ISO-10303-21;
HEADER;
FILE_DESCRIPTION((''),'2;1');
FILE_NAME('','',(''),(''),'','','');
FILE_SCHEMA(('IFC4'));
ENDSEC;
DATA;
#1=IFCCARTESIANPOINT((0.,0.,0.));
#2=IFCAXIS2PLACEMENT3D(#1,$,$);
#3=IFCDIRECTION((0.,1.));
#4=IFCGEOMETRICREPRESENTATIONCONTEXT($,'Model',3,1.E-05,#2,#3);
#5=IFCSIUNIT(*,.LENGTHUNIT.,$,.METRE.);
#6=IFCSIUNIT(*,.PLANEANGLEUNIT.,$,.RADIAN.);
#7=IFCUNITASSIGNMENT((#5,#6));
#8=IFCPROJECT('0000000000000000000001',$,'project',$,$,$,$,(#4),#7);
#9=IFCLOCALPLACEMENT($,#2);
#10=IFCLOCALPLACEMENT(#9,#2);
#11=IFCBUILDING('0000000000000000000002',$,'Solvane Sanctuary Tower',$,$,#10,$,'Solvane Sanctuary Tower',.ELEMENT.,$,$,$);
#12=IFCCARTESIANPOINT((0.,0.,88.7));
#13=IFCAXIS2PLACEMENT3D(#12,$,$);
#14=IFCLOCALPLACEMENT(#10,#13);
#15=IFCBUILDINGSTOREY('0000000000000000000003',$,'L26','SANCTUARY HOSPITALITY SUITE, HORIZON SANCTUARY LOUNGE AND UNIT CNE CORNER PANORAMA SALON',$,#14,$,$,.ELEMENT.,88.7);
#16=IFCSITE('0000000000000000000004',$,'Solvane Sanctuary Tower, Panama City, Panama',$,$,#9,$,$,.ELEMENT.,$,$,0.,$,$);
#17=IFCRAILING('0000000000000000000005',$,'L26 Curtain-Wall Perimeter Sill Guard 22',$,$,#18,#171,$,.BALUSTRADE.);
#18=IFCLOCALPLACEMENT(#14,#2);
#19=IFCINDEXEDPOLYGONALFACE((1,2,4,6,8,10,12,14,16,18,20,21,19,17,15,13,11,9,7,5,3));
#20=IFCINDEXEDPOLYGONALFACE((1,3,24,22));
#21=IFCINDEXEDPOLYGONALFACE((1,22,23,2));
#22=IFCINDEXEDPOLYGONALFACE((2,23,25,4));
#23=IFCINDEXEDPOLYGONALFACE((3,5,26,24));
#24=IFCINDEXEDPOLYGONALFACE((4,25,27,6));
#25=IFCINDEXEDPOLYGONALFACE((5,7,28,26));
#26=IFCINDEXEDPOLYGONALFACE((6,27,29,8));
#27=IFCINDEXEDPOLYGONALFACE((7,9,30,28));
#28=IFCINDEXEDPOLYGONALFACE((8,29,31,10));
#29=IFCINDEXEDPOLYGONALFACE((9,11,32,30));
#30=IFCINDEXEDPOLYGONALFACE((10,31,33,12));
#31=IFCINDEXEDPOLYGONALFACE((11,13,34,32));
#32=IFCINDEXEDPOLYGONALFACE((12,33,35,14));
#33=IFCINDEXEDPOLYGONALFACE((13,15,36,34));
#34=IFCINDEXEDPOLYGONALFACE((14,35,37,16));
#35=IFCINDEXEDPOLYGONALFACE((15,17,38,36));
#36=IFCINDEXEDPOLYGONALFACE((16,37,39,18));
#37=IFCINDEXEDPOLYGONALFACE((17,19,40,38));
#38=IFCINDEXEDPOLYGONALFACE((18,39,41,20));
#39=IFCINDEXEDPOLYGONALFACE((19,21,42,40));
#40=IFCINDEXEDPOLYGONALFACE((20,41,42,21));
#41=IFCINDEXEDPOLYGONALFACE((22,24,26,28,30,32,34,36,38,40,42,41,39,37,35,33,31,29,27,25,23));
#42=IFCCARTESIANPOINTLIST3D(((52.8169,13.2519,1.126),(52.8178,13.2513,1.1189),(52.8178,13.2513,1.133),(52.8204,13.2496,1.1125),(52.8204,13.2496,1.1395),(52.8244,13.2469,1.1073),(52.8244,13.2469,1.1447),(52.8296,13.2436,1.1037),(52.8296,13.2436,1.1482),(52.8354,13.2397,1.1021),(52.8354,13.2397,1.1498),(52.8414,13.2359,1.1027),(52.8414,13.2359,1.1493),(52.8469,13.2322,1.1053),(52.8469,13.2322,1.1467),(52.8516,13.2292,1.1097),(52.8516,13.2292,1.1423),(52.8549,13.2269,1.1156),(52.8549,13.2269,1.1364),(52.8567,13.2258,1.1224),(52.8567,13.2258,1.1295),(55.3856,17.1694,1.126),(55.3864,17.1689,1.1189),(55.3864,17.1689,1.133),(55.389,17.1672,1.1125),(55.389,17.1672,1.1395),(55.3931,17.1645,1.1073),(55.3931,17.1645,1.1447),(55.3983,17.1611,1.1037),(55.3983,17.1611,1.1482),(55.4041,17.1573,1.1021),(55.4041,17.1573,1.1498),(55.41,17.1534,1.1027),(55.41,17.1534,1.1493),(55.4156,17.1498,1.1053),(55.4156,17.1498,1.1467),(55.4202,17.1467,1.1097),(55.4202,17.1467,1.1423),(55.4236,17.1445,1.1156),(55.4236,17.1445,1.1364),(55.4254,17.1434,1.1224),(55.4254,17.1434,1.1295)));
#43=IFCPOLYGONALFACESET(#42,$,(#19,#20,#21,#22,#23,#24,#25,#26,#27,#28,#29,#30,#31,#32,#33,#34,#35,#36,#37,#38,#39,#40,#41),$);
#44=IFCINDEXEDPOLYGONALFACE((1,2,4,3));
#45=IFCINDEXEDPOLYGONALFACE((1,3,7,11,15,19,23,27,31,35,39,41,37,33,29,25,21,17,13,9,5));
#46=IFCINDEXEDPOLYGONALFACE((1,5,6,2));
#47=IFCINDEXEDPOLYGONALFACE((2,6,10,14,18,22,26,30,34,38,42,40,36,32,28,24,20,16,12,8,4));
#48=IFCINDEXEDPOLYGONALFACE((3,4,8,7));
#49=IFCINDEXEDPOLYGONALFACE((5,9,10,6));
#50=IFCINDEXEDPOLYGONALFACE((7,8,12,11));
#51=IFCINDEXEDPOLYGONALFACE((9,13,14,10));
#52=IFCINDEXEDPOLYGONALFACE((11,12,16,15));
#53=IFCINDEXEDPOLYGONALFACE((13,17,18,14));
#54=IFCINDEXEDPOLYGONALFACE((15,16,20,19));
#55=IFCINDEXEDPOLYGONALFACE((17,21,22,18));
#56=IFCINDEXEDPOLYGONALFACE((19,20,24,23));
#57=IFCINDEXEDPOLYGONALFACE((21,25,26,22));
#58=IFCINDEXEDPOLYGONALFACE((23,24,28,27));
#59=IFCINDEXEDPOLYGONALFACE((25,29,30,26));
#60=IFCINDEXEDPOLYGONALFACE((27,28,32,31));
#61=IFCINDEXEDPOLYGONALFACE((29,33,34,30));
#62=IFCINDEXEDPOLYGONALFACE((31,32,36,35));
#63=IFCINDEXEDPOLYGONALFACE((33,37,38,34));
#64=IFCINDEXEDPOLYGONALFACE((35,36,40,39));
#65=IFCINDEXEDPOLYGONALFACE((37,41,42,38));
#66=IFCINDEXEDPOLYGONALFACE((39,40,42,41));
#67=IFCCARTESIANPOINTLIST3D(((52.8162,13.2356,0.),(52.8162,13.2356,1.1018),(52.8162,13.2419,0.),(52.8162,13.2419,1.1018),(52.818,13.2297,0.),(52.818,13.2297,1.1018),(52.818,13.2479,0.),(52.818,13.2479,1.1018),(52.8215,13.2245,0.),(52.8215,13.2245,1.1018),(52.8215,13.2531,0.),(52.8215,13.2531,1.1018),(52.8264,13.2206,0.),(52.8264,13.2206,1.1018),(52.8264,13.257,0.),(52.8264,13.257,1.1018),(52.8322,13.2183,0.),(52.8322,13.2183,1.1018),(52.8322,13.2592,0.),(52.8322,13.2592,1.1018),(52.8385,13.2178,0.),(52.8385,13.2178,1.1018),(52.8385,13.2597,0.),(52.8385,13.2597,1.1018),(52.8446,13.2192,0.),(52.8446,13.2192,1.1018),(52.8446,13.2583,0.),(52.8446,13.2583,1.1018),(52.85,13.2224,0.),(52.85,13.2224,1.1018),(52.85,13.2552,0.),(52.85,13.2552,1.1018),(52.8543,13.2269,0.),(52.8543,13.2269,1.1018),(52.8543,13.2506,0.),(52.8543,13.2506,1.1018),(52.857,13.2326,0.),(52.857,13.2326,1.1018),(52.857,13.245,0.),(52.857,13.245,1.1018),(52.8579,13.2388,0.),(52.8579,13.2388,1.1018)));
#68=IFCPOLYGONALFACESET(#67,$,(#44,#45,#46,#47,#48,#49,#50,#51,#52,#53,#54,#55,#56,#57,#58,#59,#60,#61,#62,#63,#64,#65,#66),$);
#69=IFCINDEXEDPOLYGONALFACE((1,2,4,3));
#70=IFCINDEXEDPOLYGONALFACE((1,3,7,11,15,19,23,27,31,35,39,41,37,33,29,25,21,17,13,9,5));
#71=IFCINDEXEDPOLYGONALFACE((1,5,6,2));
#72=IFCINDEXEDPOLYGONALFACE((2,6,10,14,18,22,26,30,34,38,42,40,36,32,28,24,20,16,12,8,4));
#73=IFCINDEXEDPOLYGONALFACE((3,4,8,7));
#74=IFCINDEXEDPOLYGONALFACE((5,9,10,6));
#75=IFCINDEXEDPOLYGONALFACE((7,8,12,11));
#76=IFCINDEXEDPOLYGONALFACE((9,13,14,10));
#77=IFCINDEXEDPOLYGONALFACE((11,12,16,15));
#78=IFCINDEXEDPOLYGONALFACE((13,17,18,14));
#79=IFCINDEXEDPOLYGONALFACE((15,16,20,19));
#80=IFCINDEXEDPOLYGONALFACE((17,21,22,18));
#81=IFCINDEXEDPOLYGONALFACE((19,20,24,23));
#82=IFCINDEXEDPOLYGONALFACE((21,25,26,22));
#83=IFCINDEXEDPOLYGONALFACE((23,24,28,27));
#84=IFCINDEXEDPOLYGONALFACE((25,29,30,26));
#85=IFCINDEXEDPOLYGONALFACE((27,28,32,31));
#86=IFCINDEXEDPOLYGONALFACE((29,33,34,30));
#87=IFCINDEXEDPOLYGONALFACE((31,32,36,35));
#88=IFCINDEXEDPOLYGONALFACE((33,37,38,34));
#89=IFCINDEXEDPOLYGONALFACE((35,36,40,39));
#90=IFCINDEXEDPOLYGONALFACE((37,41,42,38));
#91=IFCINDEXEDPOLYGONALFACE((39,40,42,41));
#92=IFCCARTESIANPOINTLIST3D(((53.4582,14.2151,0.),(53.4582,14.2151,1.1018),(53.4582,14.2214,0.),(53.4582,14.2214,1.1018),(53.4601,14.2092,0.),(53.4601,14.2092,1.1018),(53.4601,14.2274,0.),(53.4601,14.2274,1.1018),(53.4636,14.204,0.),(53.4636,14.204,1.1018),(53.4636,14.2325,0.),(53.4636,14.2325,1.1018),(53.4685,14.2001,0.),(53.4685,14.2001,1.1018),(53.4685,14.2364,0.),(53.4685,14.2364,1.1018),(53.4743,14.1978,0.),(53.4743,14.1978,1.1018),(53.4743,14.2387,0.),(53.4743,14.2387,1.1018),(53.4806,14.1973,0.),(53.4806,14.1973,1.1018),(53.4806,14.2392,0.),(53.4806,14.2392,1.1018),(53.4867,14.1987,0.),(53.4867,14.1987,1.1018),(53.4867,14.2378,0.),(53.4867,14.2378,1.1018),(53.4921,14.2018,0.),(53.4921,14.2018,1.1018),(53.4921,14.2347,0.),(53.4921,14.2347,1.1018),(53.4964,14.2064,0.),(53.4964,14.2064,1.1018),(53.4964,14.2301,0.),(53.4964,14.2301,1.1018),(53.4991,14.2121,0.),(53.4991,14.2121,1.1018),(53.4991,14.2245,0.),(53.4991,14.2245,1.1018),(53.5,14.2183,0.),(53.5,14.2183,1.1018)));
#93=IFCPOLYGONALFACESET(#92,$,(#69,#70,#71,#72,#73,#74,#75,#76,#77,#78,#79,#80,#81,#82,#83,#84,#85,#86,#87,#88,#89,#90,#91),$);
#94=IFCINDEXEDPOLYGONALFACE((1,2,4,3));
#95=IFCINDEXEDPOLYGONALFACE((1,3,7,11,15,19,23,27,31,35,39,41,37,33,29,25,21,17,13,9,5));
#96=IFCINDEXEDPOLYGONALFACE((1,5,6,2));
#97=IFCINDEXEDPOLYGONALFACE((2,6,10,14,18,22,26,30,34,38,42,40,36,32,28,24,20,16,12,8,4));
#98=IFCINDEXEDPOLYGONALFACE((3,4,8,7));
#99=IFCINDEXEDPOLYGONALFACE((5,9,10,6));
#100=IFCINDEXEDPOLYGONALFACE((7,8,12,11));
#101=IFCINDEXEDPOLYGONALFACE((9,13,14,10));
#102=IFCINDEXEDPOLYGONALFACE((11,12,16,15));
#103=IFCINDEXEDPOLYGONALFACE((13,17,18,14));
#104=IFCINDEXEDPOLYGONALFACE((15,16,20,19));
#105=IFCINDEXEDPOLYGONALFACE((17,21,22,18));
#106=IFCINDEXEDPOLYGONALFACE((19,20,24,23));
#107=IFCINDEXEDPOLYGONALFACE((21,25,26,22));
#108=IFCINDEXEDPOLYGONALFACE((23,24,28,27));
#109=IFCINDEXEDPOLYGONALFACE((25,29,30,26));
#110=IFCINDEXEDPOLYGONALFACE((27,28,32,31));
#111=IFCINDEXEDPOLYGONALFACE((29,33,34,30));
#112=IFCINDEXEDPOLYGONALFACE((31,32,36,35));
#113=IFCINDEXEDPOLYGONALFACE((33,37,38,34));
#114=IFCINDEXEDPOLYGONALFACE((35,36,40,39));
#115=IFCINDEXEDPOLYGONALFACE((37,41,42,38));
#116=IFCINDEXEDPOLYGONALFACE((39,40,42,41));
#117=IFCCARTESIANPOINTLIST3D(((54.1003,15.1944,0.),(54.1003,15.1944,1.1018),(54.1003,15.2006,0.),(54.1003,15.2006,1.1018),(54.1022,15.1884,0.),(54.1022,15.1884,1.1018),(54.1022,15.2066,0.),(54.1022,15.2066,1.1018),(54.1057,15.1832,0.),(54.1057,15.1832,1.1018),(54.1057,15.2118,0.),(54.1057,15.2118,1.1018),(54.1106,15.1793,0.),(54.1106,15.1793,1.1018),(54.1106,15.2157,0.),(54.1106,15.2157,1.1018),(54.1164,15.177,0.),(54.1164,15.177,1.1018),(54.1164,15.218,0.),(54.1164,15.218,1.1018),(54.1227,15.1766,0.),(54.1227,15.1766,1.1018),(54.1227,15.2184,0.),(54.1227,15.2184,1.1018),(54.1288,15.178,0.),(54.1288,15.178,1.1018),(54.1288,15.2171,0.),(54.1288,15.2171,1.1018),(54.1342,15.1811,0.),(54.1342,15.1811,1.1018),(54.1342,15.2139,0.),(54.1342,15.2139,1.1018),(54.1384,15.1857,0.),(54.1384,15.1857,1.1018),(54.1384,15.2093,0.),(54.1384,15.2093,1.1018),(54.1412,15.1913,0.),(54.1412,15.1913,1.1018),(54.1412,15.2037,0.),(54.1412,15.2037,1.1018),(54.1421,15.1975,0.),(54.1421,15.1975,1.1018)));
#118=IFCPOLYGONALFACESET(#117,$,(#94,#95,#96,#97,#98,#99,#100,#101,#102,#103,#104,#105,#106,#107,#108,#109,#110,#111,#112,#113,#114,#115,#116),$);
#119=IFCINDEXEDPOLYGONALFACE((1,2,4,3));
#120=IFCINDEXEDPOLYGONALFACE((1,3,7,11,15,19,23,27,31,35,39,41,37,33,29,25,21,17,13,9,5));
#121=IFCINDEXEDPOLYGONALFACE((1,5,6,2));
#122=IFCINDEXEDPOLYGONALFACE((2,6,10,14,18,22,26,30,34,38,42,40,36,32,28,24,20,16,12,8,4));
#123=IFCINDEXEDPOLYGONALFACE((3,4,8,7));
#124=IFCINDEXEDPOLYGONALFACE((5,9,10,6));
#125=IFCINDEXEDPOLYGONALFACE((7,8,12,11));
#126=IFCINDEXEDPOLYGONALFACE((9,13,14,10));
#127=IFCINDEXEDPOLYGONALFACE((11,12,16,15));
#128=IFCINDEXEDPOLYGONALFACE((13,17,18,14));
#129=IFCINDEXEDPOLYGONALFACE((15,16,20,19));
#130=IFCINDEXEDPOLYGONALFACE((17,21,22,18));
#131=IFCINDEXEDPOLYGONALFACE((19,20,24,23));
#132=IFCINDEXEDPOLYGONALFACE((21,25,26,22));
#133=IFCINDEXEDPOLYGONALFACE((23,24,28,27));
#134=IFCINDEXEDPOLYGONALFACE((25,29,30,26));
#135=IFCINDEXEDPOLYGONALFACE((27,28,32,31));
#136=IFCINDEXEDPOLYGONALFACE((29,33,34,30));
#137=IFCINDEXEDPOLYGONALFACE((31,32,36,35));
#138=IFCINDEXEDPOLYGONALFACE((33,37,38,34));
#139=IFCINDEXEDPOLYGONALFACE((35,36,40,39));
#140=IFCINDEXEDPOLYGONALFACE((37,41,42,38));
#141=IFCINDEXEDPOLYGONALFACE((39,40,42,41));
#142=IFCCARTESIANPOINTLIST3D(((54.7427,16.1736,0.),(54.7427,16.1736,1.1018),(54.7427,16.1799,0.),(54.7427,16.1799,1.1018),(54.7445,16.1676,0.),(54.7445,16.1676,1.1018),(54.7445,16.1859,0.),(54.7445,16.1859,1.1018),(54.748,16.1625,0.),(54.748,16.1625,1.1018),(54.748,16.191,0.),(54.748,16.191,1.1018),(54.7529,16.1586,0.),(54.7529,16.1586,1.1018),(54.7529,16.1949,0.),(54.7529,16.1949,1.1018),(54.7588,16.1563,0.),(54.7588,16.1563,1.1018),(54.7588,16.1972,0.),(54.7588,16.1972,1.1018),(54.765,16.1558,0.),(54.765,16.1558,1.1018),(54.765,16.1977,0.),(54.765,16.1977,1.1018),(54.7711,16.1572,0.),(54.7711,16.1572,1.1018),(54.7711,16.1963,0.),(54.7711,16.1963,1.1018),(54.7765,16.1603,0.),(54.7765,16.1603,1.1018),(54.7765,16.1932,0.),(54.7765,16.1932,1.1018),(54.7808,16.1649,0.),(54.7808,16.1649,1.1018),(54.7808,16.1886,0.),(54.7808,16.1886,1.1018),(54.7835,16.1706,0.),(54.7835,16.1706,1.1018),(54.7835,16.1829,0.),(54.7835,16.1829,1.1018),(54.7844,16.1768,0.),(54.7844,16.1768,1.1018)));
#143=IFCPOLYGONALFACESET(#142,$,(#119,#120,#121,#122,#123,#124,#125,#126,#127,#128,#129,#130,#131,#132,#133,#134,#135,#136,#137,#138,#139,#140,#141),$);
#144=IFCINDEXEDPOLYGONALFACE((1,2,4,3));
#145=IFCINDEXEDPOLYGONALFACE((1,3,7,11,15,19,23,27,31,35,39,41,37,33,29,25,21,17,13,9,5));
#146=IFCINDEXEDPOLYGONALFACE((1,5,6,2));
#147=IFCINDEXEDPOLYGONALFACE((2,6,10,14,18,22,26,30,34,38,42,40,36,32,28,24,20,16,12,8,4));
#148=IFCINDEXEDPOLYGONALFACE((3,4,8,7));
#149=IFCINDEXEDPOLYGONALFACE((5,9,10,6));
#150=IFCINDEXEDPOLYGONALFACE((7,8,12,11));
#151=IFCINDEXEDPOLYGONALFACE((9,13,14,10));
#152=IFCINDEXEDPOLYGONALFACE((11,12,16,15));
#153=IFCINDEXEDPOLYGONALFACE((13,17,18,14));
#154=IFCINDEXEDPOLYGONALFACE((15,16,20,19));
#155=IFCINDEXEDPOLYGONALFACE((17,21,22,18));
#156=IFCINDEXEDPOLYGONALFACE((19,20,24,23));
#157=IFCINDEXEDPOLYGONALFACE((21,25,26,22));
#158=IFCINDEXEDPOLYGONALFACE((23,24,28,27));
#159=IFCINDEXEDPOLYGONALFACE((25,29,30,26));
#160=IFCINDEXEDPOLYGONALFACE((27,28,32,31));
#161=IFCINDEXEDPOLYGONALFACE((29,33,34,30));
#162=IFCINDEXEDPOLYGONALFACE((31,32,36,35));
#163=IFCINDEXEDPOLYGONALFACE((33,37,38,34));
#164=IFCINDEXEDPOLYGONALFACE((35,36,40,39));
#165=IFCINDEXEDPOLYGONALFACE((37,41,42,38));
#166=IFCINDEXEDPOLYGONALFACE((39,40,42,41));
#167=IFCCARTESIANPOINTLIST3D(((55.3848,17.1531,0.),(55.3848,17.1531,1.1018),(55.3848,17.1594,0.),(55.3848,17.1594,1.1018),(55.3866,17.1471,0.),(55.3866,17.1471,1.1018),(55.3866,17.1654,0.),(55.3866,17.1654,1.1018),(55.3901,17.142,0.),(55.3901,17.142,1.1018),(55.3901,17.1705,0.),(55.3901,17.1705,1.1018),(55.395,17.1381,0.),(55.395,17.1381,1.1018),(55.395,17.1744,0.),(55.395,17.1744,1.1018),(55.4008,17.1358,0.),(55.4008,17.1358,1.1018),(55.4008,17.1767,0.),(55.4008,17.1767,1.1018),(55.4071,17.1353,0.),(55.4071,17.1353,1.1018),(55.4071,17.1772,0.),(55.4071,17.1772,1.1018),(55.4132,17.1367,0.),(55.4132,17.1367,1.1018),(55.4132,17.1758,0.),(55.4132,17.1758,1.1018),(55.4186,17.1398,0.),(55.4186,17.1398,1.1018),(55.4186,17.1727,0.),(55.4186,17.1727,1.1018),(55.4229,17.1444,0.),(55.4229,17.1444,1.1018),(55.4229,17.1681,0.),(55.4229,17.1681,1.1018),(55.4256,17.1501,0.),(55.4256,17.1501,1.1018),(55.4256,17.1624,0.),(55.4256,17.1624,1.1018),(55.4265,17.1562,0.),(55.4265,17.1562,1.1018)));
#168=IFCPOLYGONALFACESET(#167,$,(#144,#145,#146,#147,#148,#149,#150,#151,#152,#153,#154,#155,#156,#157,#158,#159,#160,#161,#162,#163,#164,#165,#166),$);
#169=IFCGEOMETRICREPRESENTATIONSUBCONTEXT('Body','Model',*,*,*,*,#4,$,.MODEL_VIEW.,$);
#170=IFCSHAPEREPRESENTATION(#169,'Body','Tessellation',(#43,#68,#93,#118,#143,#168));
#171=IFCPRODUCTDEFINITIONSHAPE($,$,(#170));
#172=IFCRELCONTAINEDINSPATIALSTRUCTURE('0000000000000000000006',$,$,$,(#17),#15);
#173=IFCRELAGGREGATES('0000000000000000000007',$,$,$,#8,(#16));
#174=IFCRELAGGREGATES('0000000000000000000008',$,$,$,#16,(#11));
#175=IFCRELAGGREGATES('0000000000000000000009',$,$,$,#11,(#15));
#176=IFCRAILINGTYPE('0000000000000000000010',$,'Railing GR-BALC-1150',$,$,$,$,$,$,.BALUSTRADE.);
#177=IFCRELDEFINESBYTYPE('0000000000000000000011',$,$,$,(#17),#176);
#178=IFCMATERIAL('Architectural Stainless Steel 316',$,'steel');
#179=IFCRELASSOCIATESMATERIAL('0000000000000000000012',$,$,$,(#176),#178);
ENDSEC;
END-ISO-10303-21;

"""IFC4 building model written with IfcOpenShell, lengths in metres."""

from ifc_helpers import new_model, si_unit, direction, frame, origin, origin_2d, place, context, subcontext, project, spatial, circle, extrude, material, type_object, element, save


model = new_model("IFC4")

# Units and contexts
model_context = context("Model", 3, precision=1e-05, world=origin(), true_north=direction((0.0, 1.0)))
body_context = subcontext(model_context, "Body", "Model", "MODEL_VIEW")
ifc_project = project(units=[si_unit("LENGTHUNIT", "METRE"), si_unit("PLANEANGLEUNIT", "RADIAN")], contexts=[model_context])

# Site, building, storey
site_placement = place(None, origin())
site = spatial("IfcSite", under=ifc_project, at=site_placement, Name="Solvane Sanctuary Tower, Panama City, Panama", CompositionType="ELEMENT", RefElevation=0.0)
building_placement = place(site_placement, origin())
building = spatial("IfcBuilding", under=site, at=building_placement, Name="Solvane Sanctuary Tower", LongName="Solvane Sanctuary Tower", CompositionType="ELEMENT")
storey_placement = place(building_placement, frame((0.0, 0.0, 88.7)))
storey = spatial("IfcBuildingStorey", under=building, at=storey_placement, Name="L26", Description="SANCTUARY HOSPITALITY SUITE, HORIZON SANCTUARY LOUNGE AND UNIT CNE CORNER PANORAMA SALON", CompositionType="ELEMENT", Elevation=88.7)

# Railing
ifc_material_1 = material(Name="Architectural Stainless Steel 316", Category="steel")
railing_type_1 = type_object("IfcRailingType", Name="Railing GR-BALC-1150", PredefinedType="BALUSTRADE", material=ifc_material_1)
railing_1_placement = place(storey_placement, frame((52.8369, 13.2388, 0.0)))
element("IfcRailing", 1, at=railing_1_placement, inside=storey, type_object=railing_type_1, Name="L26 Curtain-Wall Perimeter Sill Guard 22", PredefinedType="BALUSTRADE", context=body_context, shape_type="SweptSolid", body=[
    extrude(circle(Radius=0.0239, at=origin_2d()), frame((0.0, 0.0, 1.126), z_axis=(0.548322, 0.836267, 0.0), x_axis=(-0.836267, 0.548322, 0.0)), (0.0, 0.0, 1.0), 4.6846),
    extrude(circle(Radius=0.021, at=origin_2d()), origin(), (0.0, 0.0, 1.0), 1.1018),
    extrude(circle(Radius=0.021, at=origin_2d()), frame((0.6421, 0.9795, 0.0)), (0.0, 0.0, 1.0), 1.1018),
    extrude(circle(Radius=0.021, at=origin_2d()), frame((1.2842, 1.9587, 0.0)), (0.0, 0.0, 1.0), 1.1018),
    extrude(circle(Radius=0.021, at=origin_2d()), frame((1.9265, 2.938, 0.0)), (0.0, 0.0, 1.0), 1.1018),
    extrude(circle(Radius=0.021, at=origin_2d()), frame((2.5686, 3.9175, 0.0)), (0.0, 0.0, 1.0), 1.1018),
])

save(model, "model.ifc")
